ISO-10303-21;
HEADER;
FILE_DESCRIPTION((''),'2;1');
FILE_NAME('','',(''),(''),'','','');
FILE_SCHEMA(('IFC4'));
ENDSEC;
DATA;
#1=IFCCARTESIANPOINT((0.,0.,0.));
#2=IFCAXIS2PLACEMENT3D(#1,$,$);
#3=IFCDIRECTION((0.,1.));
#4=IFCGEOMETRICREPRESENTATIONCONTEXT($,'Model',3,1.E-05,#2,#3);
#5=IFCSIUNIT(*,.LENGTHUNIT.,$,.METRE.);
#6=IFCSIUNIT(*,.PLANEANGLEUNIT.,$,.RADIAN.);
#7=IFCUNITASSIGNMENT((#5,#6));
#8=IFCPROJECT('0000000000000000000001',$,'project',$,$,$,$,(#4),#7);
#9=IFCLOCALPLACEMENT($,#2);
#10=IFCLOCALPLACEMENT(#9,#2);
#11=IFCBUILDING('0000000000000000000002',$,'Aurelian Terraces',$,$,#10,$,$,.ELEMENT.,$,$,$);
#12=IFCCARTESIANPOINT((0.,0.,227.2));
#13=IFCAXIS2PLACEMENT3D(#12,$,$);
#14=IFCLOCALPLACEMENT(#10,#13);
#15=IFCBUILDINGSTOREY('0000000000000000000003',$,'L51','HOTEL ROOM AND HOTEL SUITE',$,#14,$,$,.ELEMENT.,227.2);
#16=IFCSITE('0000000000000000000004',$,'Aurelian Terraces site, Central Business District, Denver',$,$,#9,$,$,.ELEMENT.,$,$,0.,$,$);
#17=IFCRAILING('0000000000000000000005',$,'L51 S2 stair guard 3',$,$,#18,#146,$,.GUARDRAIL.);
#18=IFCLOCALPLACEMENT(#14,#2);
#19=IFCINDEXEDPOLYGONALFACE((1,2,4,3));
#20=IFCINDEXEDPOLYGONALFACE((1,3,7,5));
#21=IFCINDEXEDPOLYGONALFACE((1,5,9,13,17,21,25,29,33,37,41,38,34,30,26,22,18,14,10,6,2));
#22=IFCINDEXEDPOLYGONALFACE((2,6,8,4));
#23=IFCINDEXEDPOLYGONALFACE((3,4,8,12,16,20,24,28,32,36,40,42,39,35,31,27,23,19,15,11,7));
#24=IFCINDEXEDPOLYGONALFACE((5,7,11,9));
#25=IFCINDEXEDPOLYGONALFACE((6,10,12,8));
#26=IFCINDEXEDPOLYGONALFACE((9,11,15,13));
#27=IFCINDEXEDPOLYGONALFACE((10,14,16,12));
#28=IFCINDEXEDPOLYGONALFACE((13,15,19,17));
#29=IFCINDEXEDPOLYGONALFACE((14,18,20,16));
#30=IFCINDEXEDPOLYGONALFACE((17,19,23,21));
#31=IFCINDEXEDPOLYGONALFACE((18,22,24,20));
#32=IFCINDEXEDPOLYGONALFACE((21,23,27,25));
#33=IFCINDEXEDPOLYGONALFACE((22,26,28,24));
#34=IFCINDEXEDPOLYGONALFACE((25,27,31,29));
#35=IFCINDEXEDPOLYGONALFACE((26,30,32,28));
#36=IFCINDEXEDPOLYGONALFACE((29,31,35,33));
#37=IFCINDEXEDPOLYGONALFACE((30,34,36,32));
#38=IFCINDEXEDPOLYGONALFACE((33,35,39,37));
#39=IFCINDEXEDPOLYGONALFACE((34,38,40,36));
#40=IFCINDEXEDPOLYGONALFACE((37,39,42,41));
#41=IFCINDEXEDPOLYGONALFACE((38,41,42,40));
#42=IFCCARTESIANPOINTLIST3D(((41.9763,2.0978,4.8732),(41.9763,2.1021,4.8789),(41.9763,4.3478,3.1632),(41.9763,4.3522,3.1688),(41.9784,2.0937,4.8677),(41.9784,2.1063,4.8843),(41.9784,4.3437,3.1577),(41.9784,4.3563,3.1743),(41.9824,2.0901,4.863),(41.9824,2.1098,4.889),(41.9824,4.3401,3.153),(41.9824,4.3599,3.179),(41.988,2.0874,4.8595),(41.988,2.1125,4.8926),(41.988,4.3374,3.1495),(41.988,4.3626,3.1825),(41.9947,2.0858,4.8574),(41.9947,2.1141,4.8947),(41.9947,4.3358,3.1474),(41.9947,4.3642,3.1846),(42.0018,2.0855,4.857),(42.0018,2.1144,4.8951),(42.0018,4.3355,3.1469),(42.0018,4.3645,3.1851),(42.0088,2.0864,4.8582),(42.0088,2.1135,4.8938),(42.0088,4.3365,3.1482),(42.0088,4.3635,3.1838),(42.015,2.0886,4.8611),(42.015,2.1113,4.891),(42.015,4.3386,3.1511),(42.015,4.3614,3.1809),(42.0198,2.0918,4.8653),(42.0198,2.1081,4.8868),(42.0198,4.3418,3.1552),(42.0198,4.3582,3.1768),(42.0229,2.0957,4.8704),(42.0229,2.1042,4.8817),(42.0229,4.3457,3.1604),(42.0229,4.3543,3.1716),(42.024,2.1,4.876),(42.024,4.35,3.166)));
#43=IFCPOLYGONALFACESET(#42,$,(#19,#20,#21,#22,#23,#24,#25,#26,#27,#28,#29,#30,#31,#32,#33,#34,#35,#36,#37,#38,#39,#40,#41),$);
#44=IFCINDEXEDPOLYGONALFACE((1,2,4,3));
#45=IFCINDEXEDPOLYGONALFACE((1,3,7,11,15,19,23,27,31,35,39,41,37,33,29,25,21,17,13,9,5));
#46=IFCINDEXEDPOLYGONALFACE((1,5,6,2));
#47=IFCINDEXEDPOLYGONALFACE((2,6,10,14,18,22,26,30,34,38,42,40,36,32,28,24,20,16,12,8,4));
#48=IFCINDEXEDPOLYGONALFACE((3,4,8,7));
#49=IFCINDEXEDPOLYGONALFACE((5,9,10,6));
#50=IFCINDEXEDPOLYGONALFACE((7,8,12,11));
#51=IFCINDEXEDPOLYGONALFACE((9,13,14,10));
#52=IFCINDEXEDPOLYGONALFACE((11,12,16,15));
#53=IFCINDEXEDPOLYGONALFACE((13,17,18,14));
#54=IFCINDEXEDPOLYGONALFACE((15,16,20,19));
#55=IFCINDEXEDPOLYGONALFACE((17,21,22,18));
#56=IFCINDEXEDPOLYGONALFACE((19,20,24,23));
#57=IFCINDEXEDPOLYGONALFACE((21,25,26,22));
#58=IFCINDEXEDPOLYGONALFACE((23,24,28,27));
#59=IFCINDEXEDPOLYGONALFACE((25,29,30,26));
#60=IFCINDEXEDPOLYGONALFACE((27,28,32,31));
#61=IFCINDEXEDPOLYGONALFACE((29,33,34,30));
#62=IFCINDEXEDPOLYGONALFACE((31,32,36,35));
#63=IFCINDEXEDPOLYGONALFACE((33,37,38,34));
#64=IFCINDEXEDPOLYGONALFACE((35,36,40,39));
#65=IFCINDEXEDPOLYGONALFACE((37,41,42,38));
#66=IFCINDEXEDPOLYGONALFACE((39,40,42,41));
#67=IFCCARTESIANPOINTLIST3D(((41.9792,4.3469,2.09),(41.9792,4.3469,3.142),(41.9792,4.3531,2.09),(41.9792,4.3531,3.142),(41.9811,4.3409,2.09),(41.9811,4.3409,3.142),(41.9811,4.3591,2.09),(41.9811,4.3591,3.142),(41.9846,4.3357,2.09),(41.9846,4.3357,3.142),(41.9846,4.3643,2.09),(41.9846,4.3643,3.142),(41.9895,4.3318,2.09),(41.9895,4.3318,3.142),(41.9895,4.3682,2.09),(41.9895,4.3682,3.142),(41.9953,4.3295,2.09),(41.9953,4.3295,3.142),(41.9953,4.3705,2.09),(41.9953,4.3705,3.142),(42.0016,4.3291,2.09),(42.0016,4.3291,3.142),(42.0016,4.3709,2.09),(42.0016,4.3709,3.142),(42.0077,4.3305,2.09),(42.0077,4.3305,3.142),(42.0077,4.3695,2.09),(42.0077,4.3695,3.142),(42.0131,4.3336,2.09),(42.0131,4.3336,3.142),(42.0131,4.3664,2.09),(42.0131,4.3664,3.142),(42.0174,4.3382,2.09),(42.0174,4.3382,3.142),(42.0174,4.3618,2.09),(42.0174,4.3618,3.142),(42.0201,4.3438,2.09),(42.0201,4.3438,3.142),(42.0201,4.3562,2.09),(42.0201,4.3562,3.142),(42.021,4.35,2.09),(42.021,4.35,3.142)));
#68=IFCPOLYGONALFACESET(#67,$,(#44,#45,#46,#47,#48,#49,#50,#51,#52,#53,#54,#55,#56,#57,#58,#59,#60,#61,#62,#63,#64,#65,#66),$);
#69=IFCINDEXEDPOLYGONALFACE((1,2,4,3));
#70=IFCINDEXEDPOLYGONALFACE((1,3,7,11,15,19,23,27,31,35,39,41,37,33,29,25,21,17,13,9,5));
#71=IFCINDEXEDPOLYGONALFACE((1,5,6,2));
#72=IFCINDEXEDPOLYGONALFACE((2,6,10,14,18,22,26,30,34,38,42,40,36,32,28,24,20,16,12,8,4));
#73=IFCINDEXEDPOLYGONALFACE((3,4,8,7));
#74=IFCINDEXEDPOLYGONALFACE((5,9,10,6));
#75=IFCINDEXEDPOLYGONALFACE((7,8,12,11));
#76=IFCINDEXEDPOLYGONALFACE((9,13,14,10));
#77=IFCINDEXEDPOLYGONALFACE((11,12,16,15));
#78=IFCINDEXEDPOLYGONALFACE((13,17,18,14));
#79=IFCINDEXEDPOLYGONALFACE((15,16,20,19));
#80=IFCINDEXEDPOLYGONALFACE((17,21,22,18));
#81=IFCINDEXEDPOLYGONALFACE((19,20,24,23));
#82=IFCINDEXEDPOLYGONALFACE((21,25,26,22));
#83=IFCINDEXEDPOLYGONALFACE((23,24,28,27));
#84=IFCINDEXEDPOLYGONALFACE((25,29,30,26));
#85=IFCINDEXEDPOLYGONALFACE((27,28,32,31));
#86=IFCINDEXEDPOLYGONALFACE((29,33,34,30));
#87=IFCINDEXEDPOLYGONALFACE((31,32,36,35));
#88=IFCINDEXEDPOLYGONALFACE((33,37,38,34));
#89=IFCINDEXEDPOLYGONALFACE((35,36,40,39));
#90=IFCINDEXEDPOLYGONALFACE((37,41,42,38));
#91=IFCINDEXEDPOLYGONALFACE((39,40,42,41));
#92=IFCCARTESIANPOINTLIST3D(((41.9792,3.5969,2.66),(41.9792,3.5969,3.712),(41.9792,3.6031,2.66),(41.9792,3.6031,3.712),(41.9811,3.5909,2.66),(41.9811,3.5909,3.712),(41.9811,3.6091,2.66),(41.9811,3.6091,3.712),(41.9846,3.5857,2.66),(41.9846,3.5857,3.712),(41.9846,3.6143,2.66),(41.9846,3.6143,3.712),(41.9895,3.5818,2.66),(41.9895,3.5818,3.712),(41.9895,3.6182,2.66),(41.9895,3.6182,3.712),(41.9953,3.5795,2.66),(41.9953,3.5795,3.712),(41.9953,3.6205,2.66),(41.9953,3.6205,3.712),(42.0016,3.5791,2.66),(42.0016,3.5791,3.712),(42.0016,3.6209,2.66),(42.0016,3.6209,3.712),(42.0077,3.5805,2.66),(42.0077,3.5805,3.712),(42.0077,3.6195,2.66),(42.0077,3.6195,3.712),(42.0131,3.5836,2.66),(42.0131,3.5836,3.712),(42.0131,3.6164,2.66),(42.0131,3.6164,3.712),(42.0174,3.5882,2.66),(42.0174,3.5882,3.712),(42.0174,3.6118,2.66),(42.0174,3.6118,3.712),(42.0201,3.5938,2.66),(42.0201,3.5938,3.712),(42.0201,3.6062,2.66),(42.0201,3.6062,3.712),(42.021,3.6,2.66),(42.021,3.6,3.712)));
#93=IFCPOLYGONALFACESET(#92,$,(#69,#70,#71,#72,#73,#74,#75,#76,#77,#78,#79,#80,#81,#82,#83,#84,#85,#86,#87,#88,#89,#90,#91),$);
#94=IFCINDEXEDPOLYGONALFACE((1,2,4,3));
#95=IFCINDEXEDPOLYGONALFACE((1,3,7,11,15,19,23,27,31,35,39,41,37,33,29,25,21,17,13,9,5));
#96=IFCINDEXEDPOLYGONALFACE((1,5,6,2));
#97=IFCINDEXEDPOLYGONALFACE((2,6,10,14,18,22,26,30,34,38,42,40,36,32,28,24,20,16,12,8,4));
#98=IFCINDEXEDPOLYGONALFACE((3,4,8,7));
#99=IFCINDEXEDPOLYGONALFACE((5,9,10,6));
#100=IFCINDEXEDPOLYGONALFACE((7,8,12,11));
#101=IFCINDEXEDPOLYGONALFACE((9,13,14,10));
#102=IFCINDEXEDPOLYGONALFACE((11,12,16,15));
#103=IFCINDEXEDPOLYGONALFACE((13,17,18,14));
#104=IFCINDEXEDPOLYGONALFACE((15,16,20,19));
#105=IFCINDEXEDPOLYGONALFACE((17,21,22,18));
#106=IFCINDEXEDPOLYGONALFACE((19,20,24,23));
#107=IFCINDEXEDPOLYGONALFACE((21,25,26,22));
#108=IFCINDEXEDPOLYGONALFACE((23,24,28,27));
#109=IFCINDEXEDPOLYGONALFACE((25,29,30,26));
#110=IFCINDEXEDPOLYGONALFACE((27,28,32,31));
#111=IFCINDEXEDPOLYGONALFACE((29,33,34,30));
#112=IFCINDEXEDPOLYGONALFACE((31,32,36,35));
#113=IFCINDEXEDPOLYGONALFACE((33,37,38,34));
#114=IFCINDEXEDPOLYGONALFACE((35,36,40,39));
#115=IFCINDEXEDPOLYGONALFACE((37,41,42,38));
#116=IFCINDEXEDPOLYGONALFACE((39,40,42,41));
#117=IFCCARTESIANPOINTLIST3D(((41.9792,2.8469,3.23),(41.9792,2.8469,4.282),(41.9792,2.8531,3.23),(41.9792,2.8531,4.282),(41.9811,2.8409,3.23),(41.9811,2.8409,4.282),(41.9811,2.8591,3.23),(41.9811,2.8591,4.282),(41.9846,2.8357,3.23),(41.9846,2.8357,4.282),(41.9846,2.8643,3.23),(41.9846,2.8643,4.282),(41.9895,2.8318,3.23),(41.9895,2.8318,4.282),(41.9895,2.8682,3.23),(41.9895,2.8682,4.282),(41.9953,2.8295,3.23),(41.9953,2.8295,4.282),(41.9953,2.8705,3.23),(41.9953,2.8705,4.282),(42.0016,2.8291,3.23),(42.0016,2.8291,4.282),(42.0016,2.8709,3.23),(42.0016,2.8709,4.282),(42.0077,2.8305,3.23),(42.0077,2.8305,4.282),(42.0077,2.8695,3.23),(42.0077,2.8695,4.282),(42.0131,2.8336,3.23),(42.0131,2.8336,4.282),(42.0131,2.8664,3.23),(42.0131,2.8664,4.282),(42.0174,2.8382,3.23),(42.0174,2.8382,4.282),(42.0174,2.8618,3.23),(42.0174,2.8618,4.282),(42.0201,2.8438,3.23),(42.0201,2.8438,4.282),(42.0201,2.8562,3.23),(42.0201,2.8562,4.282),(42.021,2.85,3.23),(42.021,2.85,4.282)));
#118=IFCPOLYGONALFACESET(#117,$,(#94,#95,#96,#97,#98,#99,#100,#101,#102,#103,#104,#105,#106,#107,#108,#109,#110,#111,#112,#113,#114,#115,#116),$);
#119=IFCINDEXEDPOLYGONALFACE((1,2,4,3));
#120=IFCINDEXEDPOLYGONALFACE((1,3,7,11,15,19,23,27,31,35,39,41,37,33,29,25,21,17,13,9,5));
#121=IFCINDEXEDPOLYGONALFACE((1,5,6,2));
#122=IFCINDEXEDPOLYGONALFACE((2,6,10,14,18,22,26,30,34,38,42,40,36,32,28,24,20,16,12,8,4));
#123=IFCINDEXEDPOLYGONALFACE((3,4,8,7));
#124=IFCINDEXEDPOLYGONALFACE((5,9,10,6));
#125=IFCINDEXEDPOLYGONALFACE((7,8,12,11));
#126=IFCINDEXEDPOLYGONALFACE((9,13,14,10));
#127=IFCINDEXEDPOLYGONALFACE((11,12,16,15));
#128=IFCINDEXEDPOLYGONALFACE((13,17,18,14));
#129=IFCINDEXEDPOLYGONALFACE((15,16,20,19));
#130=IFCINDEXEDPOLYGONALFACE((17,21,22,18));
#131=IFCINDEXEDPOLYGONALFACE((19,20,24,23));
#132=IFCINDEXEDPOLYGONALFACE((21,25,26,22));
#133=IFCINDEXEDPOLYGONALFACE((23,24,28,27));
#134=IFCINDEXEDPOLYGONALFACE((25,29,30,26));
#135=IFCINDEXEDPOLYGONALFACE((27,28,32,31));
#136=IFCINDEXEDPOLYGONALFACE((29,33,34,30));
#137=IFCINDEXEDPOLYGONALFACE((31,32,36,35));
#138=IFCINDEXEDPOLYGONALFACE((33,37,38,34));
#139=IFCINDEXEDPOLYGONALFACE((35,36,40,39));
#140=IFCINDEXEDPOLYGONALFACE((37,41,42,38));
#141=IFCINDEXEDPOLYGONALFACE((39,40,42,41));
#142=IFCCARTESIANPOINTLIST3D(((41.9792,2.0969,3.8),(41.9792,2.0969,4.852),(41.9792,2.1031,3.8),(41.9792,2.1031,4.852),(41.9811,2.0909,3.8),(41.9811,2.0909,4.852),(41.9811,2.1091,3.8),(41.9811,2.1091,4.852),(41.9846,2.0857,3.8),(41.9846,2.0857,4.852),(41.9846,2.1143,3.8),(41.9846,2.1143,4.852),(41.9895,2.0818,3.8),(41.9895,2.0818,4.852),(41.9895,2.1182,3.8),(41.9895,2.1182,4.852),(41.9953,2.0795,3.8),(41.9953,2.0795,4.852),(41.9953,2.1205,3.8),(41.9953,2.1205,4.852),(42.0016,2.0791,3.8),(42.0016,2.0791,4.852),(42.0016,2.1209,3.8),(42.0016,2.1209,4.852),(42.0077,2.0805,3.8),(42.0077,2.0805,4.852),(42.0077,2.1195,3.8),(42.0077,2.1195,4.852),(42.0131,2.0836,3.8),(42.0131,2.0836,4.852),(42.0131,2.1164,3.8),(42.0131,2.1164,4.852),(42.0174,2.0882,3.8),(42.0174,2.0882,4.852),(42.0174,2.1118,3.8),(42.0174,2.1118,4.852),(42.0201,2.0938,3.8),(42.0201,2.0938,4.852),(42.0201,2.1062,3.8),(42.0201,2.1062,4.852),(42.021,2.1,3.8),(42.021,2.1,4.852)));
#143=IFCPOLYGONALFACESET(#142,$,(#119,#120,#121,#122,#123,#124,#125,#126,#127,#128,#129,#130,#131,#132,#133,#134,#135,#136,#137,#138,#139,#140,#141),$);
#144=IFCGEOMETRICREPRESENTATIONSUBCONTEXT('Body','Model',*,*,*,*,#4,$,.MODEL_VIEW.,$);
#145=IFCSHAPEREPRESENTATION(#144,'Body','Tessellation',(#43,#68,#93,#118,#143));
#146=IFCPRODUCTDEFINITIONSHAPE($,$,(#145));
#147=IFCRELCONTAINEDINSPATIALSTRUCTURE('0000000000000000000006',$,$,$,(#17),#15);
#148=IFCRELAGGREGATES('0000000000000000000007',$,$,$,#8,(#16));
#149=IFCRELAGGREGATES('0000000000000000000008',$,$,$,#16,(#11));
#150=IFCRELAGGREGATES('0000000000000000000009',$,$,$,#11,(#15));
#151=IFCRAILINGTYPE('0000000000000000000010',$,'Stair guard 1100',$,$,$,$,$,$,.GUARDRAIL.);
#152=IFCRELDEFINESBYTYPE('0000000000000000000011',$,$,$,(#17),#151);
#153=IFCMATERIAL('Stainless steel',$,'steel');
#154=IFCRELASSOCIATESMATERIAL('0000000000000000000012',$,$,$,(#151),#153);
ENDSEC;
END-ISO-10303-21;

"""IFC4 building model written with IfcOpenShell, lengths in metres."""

from ifc_helpers import new_model, si_unit, direction, frame, origin, origin_2d, place, context, subcontext, project, spatial, circle, extrude, source, transform, mapped, material, type_object, element, save


model = new_model("IFC4")

# Units and contexts
model_context = context("Model", 3, precision=1e-05, world=origin(), true_north=direction((0.0, 1.0)))
body_context = subcontext(model_context, "Body", "Model", "MODEL_VIEW")
ifc_project = project(units=[si_unit("LENGTHUNIT", "METRE"), si_unit("PLANEANGLEUNIT", "RADIAN")], contexts=[model_context])

# Site, building, storey
site_placement = place(None, origin())
site = spatial("IfcSite", under=ifc_project, at=site_placement, Name="Aurelian Terraces site, Central Business District, Denver", CompositionType="ELEMENT", RefElevation=0.0)
building_placement = place(site_placement, origin())
building = spatial("IfcBuilding", under=site, at=building_placement, Name="Aurelian Terraces", CompositionType="ELEMENT")
storey_placement = place(building_placement, frame((0.0, 0.0, 227.2)))
storey = spatial("IfcBuildingStorey", under=building, at=storey_placement, Name="L51", Description="HOTEL ROOM AND HOTEL SUITE", CompositionType="ELEMENT", Elevation=227.2)

# Railing
ifc_material_1 = material(Name="Stainless steel", Category="steel")
railing_type_1 = type_object("IfcRailingType", Name="Stair guard 1100", PredefinedType="GUARDRAIL", material=ifc_material_1)
shared_shape_1 = source(origin(), body_context, "Body", "SweptSolid", [
    extrude(circle(Radius=0.024, at=origin_2d()), frame((0.0, 0.0, 1.076), z_axis=(0.0, -0.796162, 0.605083), x_axis=(1.0, 0.0, 0.0)), (0.0, 0.0, 1.0), 2.8261),
    extrude(circle(Radius=0.021, at=origin_2d()), origin(), (0.0, 0.0, 1.0), 1.052),
    extrude(circle(Radius=0.021, at=origin_2d()), frame((0.0, -0.75, 0.57)), (0.0, 0.0, 1.0), 1.052),
    extrude(circle(Radius=0.021, at=origin_2d()), frame((0.0, -1.5, 1.14)), (0.0, 0.0, 1.0), 1.052),
    extrude(circle(Radius=0.021, at=origin_2d()), frame((0.0, -2.25, 1.71)), (0.0, 0.0, 1.0), 1.052),
])
railing_1_placement = place(storey_placement, frame((42.0, 4.35, 2.09)))
element("IfcRailing", 1, at=railing_1_placement, inside=storey, type_object=railing_type_1, Name="L51 S2 stair guard 3", PredefinedType="GUARDRAIL", context=body_context, shape_type="MappedRepresentation", body=[
    mapped(shared_shape_1, transform((0.0, 0.0, 0.0), scale=1.0)),
])

save(model, "model.ifc")
